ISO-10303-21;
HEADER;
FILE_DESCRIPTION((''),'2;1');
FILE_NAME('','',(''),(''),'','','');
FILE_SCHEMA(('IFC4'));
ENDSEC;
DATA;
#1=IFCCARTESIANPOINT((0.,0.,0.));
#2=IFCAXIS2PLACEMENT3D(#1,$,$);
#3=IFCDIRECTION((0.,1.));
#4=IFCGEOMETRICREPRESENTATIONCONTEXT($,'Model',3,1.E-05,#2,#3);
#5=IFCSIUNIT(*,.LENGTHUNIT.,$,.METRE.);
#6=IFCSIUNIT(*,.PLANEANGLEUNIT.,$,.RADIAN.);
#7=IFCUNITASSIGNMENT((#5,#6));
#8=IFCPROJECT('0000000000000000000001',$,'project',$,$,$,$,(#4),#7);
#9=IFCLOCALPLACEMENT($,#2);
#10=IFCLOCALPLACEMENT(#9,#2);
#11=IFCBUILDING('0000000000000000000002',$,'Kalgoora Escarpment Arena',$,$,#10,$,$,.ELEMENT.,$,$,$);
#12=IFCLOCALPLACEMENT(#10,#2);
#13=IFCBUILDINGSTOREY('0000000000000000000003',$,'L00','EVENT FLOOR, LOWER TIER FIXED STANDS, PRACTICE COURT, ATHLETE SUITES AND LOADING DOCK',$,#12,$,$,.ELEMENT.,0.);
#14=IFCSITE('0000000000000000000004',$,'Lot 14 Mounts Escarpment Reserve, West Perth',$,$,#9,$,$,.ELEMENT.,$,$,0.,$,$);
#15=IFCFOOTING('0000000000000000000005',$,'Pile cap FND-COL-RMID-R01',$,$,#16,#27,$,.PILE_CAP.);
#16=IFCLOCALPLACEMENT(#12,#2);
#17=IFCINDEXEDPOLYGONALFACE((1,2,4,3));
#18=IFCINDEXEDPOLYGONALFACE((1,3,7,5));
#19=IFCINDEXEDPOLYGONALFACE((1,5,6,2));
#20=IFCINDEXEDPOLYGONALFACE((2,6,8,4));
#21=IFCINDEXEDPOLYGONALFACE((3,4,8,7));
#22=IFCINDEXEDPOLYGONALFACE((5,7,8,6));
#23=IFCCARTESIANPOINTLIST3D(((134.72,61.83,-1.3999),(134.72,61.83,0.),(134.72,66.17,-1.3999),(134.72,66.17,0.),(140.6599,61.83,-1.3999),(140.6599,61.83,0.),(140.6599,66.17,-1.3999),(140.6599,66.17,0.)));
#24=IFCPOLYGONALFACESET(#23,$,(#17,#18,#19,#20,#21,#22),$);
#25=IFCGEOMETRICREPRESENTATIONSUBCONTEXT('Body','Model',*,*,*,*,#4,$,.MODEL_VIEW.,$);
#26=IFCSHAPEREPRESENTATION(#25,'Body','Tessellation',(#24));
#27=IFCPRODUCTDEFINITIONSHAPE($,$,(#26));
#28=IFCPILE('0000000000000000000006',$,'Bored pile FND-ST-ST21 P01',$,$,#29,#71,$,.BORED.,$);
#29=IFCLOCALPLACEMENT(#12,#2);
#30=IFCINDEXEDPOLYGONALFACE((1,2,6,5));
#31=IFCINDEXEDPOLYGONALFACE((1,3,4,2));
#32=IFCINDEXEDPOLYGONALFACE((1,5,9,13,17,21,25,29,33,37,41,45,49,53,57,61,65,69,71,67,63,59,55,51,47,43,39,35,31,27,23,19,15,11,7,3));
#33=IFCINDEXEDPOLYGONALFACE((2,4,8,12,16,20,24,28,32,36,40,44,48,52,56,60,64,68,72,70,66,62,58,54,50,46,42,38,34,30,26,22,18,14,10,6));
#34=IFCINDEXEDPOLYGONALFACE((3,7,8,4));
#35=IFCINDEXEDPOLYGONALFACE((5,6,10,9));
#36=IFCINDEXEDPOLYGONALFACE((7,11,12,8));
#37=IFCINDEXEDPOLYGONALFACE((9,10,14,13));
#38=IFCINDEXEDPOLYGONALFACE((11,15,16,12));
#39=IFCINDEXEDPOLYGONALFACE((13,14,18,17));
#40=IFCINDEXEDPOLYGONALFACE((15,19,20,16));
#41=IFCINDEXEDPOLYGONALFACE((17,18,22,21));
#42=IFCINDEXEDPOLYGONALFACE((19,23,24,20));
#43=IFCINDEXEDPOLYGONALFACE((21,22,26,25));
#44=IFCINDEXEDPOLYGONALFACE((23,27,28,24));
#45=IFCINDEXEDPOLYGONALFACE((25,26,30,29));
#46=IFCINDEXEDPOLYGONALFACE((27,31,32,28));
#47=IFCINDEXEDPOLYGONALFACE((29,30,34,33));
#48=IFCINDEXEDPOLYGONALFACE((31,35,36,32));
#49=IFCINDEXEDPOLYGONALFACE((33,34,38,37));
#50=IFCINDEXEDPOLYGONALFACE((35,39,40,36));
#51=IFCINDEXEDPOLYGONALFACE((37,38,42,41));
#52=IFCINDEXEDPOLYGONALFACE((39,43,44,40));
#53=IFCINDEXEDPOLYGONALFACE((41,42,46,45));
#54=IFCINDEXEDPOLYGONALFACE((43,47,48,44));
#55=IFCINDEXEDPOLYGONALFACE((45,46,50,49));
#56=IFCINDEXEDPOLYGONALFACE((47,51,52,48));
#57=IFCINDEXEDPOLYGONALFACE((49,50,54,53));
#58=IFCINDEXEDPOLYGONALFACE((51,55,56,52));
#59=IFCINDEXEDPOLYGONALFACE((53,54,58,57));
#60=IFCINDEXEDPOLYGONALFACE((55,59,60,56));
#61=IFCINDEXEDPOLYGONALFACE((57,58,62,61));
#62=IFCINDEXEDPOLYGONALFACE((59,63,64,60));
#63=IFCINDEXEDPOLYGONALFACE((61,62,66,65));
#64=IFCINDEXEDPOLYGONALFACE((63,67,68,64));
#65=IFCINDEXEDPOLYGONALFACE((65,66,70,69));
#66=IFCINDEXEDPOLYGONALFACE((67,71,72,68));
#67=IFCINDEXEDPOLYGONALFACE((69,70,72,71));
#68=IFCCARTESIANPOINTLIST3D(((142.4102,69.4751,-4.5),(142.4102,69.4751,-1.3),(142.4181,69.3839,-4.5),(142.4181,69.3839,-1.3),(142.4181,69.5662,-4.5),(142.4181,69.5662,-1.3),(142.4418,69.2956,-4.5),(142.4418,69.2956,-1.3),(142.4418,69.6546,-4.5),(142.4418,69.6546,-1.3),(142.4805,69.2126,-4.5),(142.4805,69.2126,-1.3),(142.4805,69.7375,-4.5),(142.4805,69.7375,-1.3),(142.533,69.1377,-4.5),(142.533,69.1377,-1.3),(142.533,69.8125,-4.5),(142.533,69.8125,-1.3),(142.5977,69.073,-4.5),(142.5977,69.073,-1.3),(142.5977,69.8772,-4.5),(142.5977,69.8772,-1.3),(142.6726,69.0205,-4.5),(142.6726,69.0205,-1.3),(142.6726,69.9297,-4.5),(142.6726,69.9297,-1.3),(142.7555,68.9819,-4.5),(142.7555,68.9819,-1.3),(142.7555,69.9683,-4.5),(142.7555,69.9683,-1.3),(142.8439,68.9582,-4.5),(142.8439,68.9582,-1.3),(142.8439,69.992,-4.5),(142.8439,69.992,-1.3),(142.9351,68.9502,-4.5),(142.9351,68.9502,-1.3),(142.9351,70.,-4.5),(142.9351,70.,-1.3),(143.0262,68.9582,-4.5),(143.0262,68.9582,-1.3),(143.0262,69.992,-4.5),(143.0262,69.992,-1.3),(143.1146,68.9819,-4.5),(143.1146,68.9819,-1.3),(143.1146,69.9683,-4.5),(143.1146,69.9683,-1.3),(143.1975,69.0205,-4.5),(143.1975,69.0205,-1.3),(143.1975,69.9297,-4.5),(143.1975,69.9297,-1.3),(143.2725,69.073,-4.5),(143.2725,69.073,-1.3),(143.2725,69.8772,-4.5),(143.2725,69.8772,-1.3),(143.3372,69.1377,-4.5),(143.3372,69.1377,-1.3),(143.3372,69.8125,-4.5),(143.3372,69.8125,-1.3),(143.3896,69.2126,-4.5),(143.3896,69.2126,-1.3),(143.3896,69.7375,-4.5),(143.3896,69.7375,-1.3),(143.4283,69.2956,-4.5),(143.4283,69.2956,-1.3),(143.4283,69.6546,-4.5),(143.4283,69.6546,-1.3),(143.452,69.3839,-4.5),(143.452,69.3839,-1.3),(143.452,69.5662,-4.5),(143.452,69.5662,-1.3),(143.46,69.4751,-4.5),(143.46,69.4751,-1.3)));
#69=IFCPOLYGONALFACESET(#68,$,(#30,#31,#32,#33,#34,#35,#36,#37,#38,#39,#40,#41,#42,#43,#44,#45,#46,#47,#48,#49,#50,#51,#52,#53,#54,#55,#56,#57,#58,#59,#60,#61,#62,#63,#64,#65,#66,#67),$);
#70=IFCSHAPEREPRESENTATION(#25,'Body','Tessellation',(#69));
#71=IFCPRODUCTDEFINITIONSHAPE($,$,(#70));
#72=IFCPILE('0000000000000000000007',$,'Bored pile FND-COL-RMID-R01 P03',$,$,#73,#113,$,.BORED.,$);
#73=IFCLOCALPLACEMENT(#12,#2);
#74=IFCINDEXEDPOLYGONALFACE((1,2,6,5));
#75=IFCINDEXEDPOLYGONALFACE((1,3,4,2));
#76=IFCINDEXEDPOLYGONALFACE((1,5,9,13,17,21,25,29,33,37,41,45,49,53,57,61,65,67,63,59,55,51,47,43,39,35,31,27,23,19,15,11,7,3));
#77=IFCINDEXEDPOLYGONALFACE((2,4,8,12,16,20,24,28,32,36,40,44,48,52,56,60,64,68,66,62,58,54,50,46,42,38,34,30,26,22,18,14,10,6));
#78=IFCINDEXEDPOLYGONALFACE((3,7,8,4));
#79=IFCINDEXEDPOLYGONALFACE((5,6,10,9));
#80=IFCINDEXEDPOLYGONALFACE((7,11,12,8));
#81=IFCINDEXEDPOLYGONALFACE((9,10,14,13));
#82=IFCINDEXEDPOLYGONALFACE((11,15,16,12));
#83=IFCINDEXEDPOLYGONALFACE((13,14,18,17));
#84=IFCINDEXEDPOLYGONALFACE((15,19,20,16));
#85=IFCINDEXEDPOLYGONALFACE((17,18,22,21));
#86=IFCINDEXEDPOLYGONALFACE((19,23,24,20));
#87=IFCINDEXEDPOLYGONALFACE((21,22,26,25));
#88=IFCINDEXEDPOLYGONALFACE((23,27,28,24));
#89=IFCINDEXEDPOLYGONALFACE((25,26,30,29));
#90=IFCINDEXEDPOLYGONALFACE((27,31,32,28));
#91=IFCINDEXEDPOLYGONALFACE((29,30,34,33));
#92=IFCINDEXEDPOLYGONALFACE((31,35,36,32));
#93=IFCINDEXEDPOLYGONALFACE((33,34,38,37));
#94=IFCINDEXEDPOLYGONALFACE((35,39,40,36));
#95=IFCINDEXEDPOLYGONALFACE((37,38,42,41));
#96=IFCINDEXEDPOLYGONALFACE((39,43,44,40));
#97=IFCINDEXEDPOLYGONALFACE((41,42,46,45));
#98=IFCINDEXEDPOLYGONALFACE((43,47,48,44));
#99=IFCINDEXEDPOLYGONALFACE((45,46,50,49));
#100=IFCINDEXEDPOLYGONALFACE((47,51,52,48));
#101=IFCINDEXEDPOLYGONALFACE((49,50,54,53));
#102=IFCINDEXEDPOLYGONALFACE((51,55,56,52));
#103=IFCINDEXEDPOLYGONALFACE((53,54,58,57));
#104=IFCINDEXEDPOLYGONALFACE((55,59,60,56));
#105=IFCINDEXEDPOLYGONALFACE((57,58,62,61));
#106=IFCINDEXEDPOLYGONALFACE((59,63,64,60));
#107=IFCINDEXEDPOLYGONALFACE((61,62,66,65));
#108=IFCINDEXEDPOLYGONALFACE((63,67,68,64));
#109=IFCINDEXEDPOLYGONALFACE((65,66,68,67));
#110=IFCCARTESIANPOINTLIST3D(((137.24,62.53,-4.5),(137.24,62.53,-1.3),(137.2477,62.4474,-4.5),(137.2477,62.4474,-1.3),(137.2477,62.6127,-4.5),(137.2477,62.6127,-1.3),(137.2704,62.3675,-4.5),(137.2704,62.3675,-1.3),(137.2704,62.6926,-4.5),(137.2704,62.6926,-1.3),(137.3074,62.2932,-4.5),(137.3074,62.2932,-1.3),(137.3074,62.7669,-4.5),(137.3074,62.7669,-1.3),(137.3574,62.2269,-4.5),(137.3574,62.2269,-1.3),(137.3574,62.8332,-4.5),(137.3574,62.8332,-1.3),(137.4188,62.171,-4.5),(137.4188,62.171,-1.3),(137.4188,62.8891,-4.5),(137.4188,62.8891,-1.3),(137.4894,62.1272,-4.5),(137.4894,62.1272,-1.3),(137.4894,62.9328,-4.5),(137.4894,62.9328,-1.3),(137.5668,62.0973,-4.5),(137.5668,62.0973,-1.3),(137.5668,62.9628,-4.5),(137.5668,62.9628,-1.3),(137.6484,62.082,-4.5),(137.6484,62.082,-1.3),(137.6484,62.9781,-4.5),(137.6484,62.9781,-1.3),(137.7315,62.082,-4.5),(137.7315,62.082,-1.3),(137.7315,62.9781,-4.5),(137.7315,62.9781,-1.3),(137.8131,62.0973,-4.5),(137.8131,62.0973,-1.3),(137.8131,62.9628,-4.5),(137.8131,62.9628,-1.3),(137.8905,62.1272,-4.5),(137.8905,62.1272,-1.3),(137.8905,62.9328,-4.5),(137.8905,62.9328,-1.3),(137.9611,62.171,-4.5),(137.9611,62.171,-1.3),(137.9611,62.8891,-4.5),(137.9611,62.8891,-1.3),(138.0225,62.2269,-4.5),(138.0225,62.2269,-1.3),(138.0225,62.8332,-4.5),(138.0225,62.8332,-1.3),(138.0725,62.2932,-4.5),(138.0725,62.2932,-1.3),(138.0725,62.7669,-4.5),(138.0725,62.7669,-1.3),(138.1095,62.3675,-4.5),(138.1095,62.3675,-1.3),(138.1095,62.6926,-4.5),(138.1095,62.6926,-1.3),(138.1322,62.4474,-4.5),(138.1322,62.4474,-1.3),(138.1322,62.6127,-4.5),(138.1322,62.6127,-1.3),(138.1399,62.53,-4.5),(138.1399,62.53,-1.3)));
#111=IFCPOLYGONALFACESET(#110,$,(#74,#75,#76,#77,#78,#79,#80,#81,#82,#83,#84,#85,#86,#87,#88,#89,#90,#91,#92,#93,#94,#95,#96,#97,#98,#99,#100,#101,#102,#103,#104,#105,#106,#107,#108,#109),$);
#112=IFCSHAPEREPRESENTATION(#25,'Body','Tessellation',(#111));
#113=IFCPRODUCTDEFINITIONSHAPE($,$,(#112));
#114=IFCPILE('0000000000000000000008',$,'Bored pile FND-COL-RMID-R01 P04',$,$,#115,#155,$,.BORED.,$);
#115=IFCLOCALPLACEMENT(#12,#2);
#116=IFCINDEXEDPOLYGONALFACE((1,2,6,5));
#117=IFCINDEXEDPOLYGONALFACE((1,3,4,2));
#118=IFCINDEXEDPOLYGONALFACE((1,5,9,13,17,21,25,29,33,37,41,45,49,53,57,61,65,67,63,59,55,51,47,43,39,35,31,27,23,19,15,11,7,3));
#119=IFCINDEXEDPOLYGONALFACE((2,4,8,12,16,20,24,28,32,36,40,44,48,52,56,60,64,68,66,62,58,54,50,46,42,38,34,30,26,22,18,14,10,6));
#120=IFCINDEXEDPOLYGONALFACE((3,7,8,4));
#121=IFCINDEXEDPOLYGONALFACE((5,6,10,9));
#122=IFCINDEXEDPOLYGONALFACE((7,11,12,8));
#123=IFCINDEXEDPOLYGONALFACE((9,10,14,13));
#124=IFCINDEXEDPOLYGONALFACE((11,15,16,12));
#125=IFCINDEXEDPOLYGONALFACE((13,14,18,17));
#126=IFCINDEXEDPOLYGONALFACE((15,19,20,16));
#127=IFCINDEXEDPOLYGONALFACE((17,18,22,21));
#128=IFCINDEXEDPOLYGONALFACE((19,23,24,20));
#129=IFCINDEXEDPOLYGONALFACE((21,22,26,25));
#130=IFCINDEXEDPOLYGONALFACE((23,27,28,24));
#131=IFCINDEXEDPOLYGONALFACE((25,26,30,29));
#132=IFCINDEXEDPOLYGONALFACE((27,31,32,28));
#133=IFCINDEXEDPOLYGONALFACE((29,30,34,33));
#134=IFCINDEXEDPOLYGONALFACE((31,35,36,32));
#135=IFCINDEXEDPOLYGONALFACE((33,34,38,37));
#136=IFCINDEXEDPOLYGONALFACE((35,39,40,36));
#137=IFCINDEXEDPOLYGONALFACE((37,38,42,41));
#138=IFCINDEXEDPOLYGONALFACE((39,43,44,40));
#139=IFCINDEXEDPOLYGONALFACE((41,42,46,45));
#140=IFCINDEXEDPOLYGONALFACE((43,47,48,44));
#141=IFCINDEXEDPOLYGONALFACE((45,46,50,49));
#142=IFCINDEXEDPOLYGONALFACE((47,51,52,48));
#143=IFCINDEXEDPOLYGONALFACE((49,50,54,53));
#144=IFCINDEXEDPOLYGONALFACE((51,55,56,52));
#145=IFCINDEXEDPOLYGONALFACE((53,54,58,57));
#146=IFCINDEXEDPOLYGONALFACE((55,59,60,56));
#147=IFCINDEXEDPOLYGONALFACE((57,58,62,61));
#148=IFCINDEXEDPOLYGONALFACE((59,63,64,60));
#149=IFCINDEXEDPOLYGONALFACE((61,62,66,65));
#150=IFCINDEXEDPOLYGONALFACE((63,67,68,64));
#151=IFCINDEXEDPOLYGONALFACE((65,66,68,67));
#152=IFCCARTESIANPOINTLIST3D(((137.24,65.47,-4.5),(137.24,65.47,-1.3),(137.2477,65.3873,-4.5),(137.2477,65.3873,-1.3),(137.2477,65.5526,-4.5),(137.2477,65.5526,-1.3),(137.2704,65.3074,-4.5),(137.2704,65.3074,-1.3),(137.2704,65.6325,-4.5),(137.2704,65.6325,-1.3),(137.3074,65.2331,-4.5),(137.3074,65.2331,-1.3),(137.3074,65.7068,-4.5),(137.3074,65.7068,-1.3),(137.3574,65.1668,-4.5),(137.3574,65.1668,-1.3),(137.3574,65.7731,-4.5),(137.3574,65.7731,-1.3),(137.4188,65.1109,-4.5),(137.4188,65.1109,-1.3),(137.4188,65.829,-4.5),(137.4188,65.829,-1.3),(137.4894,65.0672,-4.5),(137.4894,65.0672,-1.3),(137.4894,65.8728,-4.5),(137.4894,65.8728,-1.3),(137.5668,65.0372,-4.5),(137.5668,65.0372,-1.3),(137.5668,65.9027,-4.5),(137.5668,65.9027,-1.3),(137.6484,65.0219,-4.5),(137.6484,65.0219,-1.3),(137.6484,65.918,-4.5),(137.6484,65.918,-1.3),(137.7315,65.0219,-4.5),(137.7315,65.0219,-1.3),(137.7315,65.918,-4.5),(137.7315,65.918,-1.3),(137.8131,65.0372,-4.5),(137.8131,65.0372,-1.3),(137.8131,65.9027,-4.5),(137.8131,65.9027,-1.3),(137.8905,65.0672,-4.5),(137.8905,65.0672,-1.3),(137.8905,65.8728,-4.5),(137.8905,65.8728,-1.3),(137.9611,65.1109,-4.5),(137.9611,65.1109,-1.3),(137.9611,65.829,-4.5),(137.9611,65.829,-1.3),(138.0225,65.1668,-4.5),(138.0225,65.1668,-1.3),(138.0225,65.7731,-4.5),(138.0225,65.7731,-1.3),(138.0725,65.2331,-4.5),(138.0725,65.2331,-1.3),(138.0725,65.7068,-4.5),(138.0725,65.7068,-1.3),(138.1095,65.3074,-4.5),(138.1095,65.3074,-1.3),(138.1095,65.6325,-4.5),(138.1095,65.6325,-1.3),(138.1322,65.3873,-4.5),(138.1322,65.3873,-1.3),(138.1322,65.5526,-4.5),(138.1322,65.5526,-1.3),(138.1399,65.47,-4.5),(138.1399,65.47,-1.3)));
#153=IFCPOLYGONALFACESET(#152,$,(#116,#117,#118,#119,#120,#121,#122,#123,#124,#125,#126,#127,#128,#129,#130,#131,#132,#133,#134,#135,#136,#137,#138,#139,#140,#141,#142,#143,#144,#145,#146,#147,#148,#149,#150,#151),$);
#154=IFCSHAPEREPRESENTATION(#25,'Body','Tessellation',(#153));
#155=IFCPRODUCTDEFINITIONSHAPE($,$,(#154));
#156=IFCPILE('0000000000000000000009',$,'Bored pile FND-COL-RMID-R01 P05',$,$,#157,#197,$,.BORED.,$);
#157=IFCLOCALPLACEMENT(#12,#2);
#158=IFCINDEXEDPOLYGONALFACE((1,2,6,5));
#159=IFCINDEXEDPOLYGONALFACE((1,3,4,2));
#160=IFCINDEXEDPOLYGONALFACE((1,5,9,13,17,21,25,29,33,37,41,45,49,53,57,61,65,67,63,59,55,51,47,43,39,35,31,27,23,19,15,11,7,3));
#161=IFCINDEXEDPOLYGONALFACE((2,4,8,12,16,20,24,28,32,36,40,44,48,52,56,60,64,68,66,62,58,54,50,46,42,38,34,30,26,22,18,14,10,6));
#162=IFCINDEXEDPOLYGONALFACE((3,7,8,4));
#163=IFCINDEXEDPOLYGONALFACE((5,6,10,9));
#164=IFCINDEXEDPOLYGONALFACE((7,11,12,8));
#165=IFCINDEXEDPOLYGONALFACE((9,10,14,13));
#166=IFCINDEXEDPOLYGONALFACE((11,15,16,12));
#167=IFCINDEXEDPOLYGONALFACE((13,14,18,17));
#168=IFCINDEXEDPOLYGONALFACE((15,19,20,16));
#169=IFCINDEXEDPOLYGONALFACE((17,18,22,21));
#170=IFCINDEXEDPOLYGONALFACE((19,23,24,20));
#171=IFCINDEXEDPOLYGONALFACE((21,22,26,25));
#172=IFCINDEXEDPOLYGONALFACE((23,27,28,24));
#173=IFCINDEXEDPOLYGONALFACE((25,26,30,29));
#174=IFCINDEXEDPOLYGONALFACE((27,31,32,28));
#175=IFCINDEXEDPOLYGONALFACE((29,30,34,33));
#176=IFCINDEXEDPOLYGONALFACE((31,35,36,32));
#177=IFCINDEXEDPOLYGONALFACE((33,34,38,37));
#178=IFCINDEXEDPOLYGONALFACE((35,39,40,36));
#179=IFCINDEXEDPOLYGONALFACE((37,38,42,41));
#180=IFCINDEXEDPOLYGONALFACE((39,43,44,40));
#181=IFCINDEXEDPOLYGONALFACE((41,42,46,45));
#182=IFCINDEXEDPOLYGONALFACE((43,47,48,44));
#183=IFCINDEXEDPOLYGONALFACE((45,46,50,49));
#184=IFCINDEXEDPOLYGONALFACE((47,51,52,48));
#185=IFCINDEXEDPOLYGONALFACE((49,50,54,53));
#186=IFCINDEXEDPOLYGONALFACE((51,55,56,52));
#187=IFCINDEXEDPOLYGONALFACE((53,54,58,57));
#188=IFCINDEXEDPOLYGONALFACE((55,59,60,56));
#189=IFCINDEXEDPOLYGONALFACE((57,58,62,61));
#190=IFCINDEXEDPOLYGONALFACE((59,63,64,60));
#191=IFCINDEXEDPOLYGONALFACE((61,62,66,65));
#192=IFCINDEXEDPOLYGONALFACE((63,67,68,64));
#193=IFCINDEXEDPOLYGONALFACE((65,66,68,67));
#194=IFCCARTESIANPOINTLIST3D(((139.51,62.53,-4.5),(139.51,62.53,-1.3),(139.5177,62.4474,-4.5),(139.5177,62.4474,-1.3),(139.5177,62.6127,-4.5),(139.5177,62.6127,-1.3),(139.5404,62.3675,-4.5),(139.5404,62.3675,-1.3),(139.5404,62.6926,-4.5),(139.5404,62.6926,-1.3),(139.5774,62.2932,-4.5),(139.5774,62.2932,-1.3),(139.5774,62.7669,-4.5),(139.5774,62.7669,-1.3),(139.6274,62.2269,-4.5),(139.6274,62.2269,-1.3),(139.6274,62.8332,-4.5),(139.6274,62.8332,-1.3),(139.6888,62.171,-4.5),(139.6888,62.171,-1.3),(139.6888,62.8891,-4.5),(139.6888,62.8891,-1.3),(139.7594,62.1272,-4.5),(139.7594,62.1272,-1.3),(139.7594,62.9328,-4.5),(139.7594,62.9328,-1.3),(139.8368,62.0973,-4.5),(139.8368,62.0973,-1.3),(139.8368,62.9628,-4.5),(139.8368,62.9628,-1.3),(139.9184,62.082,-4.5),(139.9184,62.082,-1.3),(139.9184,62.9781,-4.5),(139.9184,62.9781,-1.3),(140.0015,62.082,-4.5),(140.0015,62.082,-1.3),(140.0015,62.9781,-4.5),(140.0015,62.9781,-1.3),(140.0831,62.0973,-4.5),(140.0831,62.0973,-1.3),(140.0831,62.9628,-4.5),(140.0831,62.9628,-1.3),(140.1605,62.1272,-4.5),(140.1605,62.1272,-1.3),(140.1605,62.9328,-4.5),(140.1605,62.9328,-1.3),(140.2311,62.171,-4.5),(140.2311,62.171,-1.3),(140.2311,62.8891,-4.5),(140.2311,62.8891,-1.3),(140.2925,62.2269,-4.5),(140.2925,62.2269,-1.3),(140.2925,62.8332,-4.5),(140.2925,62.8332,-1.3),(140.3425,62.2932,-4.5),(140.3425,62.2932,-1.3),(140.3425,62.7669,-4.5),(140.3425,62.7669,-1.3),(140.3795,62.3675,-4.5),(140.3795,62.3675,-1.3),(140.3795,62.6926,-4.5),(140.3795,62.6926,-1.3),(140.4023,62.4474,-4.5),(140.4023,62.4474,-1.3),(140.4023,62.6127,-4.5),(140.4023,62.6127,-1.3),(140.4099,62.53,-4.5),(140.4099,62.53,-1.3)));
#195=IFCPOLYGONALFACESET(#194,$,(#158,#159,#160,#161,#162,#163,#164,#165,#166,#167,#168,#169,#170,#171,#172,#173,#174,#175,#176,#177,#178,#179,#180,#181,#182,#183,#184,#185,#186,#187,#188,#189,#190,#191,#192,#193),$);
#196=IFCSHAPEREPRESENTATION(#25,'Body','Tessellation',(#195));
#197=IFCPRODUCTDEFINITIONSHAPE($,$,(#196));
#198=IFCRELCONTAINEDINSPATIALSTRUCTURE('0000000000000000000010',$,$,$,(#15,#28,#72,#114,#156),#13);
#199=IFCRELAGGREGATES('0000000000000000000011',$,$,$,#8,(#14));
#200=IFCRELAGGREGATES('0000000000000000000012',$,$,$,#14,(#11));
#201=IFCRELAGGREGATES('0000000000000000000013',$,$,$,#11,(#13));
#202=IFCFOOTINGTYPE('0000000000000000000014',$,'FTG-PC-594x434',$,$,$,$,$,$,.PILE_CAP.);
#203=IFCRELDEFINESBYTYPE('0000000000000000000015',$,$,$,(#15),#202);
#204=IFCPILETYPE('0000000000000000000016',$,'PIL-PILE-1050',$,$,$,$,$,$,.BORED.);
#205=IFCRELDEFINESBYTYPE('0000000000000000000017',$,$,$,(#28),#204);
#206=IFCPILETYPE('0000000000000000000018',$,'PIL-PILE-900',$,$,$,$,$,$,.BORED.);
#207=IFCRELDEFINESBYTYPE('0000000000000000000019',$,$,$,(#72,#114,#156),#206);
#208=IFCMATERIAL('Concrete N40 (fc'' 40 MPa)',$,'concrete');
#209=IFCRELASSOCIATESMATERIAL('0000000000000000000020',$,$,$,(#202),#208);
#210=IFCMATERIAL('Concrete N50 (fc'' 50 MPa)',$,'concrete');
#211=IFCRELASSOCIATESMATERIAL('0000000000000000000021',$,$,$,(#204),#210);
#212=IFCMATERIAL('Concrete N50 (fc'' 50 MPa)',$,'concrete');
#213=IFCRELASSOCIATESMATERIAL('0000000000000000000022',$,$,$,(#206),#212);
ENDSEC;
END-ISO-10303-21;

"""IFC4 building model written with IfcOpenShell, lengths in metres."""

from ifc_helpers import new_model, si_unit, direction, frame, origin, origin_2d, place, context, subcontext, project, spatial, rectangle, circle, extrude, material, material_profile, profile_set, type_object, element, save


model = new_model("IFC4")

# Units and contexts
model_context = context("Model", 3, precision=1e-05, world=origin(), true_north=direction((0.0, 1.0)))
body_context = subcontext(model_context, "Body", "Model", "MODEL_VIEW")
ifc_project = project(units=[si_unit("LENGTHUNIT", "METRE"), si_unit("PLANEANGLEUNIT", "RADIAN")], contexts=[model_context])

# Site, building, storey
site_placement = place(None, origin())
site = spatial("IfcSite", under=ifc_project, at=site_placement, Name="Lot 14 Mounts Escarpment Reserve, West Perth", CompositionType="ELEMENT", RefElevation=0.0)
building_placement = place(site_placement, origin())
building = spatial("IfcBuilding", under=site, at=building_placement, Name="Kalgoora Escarpment Arena", CompositionType="ELEMENT")
storey_placement = place(building_placement, origin())
storey = spatial("IfcBuildingStorey", under=building, at=storey_placement, Name="L00", Description="EVENT FLOOR, LOWER TIER FIXED STANDS, PRACTICE COURT, ATHLETE SUITES AND LOADING DOCK", CompositionType="ELEMENT", Elevation=0.0)

# Footing
ifc_material_1 = material(Name="Concrete N40 (fc' 40 MPa)", Category="concrete")
footing_type = type_object("IfcFootingType", Name="FTG-PC-594x434", PredefinedType="PILE_CAP", material=ifc_material_1)
footing_placement = place(storey_placement, frame((137.6899, 64.0, -1.3999), z_axis=(0.0, 0.0, 1.0), x_axis=(1.0, 0.0, 0.0)))
element("IfcFooting", 1, at=footing_placement, inside=storey, type_object=footing_type, Name="Pile cap FND-COL-RMID-R01", PredefinedType="PILE_CAP", context=body_context, shape_type="SweptSolid", body=[
    extrude(rectangle(XDim=5.9399, YDim=4.3401, at=origin_2d()), origin(), (0.0, 0.0, 1.0), 1.3999),
])

# Piles
ifc_material_2 = material(Name="Concrete N50 (fc' 50 MPa)", Category="concrete")
ifc_material_profile_1 = material_profile(ifc_material_2, circle(Radius=0.5249, at=origin_2d()))
ifc_profile_set_1 = profile_set([ifc_material_profile_1], Name="Concrete N50 (fc' 50 MPa)")
pile_type_1 = type_object("IfcPileType", Name="PIL-PILE-1050", PredefinedType="BORED", material=ifc_profile_set_1)
pile_placement = place(storey_placement, frame((142.9351, 69.4751, -1.3), z_axis=(0.0, 0.0, -1.0), x_axis=(1.0, 0.0, 0.0)))
element("IfcPile", 2, at=pile_placement, inside=storey, type_object=pile_type_1, Name="Bored pile FND-ST-ST21 P01", PredefinedType="BORED", context=body_context, shape_type="SweptSolid", body=[
    extrude(circle(Radius=0.5249, at=origin_2d()), origin(), (0.0, 0.0, 1.0), 3.2),
])
ifc_material_3 = material(Name="Concrete N50 (fc' 50 MPa)", Category="concrete")
ifc_material_profile_2 = material_profile(ifc_material_3, circle(Radius=0.45, at=origin_2d()))
ifc_profile_set_2 = profile_set([ifc_material_profile_2], Name="Concrete N50 (fc' 50 MPa)")
pile_type_2 = type_object("IfcPileType", Name="PIL-PILE-900", PredefinedType="BORED", material=ifc_profile_set_2)
for number, where, z_axis, x_axis, name in (
    (3, (137.6899, 62.53, -1.3), (0.0, 0.0, -1.0), (1.0, 0.0, 0.0), "Bored pile FND-COL-RMID-R01 P03"),
    (4, (137.6899, 65.47, -1.3), (0.0, 0.0, -1.0), (1.0, 0.0, 0.0), "Bored pile FND-COL-RMID-R01 P04"),
    (5, (139.96, 62.53, -1.3), (0.0, 0.0, -1.0), (1.0, 0.0, 0.0), "Bored pile FND-COL-RMID-R01 P05"),
):
    element("IfcPile", number, at=place(storey_placement, frame(where, z_axis=z_axis, x_axis=x_axis)), inside=storey, type_object=pile_type_2, Name=name, PredefinedType="BORED", context=body_context, shape_type="SweptSolid", body=[
        extrude(circle(Radius=0.45, at=origin_2d()), origin(), (0.0, 0.0, 1.0), 3.2),
    ])

save(model, "model.ifc")
